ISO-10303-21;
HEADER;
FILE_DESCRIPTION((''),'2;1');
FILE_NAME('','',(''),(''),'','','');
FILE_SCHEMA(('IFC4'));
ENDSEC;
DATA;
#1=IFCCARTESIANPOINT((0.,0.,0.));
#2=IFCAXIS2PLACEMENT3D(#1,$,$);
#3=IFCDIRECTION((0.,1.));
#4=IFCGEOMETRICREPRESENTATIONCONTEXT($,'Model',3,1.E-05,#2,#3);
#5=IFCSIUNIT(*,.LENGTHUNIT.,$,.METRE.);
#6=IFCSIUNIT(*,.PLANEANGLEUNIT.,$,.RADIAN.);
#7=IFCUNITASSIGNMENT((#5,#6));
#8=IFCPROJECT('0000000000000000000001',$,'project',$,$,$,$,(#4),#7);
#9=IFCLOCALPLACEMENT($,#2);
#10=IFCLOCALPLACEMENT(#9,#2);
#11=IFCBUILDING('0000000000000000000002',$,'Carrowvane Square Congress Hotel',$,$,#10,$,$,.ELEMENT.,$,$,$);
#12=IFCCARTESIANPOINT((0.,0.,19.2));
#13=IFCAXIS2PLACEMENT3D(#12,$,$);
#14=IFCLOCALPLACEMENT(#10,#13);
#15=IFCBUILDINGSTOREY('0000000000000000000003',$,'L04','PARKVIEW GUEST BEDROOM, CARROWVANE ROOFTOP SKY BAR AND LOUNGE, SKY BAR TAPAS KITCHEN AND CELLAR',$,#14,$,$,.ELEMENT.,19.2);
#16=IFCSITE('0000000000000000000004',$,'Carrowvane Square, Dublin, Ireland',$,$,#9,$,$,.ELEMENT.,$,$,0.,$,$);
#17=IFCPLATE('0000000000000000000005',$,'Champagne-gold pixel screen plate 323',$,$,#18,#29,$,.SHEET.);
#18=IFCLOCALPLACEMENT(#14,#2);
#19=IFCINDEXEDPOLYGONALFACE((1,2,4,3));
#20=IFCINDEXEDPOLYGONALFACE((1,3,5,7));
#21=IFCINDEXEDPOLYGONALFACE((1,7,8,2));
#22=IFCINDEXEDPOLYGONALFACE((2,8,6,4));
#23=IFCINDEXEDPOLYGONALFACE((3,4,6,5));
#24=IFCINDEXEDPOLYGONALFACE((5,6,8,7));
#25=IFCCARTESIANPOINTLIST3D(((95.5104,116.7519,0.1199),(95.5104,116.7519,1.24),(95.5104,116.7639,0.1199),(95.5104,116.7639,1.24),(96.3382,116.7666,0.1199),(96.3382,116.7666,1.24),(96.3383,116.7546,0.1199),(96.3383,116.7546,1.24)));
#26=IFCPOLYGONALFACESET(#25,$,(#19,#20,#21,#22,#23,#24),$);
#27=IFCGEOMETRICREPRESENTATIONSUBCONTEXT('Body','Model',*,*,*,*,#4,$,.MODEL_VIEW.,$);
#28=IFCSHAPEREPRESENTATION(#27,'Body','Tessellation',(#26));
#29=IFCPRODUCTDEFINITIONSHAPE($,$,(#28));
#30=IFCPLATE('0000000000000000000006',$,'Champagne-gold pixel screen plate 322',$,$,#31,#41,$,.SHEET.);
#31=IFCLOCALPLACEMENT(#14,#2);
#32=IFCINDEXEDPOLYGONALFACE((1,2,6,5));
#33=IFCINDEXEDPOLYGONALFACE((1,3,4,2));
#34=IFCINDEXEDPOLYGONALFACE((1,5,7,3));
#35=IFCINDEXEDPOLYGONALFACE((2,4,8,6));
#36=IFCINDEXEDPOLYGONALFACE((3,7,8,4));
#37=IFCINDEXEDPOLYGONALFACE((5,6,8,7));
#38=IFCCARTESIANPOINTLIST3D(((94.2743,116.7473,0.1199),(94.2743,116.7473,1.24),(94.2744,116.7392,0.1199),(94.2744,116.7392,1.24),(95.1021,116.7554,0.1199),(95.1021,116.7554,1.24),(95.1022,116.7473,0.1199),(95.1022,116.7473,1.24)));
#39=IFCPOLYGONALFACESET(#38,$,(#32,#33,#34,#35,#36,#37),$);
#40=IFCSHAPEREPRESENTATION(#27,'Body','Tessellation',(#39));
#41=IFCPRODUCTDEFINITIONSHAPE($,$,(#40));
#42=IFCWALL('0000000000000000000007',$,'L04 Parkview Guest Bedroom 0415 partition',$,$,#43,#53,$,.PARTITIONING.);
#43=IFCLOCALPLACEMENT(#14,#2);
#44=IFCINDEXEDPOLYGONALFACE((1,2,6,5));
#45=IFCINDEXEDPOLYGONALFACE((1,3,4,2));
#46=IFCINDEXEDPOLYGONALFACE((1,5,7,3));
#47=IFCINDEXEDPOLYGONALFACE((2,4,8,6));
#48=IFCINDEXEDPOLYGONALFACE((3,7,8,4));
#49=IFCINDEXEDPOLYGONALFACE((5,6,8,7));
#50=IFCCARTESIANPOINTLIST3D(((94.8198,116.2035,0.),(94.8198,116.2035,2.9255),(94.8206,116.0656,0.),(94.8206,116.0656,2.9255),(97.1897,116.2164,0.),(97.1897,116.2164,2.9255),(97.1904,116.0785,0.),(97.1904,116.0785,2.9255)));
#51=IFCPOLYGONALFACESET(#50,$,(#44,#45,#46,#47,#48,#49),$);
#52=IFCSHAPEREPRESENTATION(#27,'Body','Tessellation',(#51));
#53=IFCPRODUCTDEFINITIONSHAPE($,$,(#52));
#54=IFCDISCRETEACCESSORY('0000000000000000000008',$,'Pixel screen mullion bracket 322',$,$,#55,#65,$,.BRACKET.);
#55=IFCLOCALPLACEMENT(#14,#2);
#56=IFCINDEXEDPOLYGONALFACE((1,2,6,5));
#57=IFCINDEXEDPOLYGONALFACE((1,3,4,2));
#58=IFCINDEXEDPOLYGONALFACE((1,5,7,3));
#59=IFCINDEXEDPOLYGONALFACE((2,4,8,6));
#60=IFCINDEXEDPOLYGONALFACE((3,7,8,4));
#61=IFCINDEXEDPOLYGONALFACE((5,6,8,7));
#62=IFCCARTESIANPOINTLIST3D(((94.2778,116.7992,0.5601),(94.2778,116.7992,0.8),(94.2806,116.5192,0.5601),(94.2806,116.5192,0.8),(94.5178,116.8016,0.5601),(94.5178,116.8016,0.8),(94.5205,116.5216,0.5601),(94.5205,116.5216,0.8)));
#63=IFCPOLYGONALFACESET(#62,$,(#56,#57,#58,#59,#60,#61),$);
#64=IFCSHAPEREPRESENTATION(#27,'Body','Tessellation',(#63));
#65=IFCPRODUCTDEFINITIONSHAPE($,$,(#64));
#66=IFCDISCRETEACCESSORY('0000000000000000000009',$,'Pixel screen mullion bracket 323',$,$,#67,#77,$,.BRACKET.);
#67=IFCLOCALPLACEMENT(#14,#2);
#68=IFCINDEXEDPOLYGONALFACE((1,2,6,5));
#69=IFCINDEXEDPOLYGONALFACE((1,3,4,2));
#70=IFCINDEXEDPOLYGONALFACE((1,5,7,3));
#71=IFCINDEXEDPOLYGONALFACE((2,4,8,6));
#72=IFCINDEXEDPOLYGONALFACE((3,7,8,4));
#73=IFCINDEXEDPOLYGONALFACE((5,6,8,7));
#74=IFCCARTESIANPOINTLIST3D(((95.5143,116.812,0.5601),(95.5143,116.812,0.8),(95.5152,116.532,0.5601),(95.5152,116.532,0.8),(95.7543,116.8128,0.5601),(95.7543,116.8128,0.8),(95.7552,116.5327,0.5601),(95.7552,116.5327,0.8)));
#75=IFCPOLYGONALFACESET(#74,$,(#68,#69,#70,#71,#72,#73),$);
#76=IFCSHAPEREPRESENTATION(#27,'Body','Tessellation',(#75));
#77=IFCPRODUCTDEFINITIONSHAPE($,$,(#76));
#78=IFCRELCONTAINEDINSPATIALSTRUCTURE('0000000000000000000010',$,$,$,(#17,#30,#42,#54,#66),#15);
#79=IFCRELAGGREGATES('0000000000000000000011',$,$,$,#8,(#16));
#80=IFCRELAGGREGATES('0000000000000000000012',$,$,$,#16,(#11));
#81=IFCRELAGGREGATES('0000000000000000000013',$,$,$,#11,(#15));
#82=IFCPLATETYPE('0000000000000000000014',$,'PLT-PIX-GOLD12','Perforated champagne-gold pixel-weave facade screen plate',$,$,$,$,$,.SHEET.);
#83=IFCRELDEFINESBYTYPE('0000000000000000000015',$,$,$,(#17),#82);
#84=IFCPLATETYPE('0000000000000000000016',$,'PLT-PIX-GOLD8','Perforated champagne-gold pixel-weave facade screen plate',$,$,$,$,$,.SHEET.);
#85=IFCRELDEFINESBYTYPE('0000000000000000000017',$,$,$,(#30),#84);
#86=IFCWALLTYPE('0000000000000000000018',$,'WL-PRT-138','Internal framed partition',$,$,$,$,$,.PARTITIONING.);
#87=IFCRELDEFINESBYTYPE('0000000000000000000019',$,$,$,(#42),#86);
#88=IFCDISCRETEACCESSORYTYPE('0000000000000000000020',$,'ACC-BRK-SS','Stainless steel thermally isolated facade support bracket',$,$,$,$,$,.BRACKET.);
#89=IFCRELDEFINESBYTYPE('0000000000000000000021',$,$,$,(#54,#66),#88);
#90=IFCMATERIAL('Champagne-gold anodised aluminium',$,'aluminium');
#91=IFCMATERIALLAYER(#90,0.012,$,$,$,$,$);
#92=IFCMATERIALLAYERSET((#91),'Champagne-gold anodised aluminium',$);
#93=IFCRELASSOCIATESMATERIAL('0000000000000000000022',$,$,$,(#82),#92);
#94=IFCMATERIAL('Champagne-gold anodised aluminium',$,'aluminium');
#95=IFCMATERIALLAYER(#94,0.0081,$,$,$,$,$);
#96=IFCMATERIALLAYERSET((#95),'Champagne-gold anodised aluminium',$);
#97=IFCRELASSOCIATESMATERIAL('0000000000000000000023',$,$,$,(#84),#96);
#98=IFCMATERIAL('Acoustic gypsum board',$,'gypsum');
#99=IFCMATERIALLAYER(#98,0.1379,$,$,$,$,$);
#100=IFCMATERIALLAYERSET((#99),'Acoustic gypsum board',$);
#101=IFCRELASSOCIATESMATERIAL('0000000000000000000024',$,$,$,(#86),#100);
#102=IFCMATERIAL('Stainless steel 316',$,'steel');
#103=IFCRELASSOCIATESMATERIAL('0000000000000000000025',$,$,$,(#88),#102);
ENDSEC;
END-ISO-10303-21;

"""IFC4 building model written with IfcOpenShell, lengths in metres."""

from ifc_helpers import new_model, si_unit, direction, frame, frame_2d, origin, origin_2d, place, context, subcontext, project, spatial, rectangle, extrude, material, layer, layer_set, type_object, element, save


model = new_model("IFC4")

# Units and contexts
model_context = context("Model", 3, precision=1e-05, world=origin(), true_north=direction((0.0, 1.0)))
body_context = subcontext(model_context, "Body", "Model", "MODEL_VIEW")
ifc_project = project(units=[si_unit("LENGTHUNIT", "METRE"), si_unit("PLANEANGLEUNIT", "RADIAN")], contexts=[model_context])

# Site, building, storey
site_placement = place(None, origin())
site = spatial("IfcSite", under=ifc_project, at=site_placement, Name="Carrowvane Square, Dublin, Ireland", CompositionType="ELEMENT", RefElevation=0.0)
building_placement = place(site_placement, origin())
building = spatial("IfcBuilding", under=site, at=building_placement, Name="Carrowvane Square Congress Hotel", CompositionType="ELEMENT")
storey_placement = place(building_placement, frame((0.0, 0.0, 19.2)))
storey = spatial("IfcBuildingStorey", under=building, at=storey_placement, Name="L04", Description="PARKVIEW GUEST BEDROOM, CARROWVANE ROOFTOP SKY BAR AND LOUNGE, SKY BAR TAPAS KITCHEN AND CELLAR", CompositionType="ELEMENT", Elevation=19.2)

# Plates
ifc_material_1 = material(Name="Champagne-gold anodised aluminium", Category="aluminium")
ifc_layer_1 = layer(ifc_material_1, 0.012)
ifc_layer_set_1 = layer_set([ifc_layer_1], Name="Champagne-gold anodised aluminium")
plate_type_1 = type_object("IfcPlateType", Name="PLT-PIX-GOLD12", Description="Perforated champagne-gold pixel-weave facade screen plate", PredefinedType="SHEET", material=ifc_layer_set_1)
plate_1_placement = place(storey_placement, frame((95.9243, 116.7593, 0.1199), z_axis=(0.0, 0.0, 1.0), x_axis=(0.999995, 0.00327, 0.0)))
element("IfcPlate", 1, at=plate_1_placement, inside=storey, type_object=plate_type_1, Name="Champagne-gold pixel screen plate 323", PredefinedType="SHEET", context=body_context, shape_type="SweptSolid", body=[
    extrude(rectangle(XDim=0.8279, YDim=0.012, at=origin_2d()), origin(), (0.0, 0.0, 1.0), 1.1201),
])
ifc_material_2 = material(Name="Champagne-gold anodised aluminium", Category="aluminium")
ifc_layer_2 = layer(ifc_material_2, 0.0081)
ifc_layer_set_2 = layer_set([ifc_layer_2], Name="Champagne-gold anodised aluminium")
plate_type_2 = type_object("IfcPlateType", Name="PLT-PIX-GOLD8", Description="Perforated champagne-gold pixel-weave facade screen plate", PredefinedType="SHEET", material=ifc_layer_set_2)
plate_2_placement = place(storey_placement, frame((94.6882, 116.7473, 0.1199), z_axis=(0.0, 0.0, 1.0), x_axis=(0.999952, 0.009782, 0.0)))
element("IfcPlate", 2, at=plate_2_placement, inside=storey, type_object=plate_type_2, Name="Champagne-gold pixel screen plate 322", PredefinedType="SHEET", context=body_context, shape_type="SweptSolid", body=[
    extrude(rectangle(XDim=0.8279, YDim=0.0081, at=origin_2d()), origin(), (0.0, 0.0, 1.0), 1.1201),
])

# Wall
ifc_material_3 = material(Name="Acoustic gypsum board", Category="gypsum")
ifc_layer_3 = layer(ifc_material_3, 0.1379)
ifc_layer_set_3 = layer_set([ifc_layer_3], Name="Acoustic gypsum board")
wall_type = type_object("IfcWallType", Name="WL-PRT-138", Description="Internal framed partition", PredefinedType="PARTITIONING", material=ifc_layer_set_3)
wall_placement = place(storey_placement, frame((94.8201, 116.1345, 0.0), z_axis=(0.0, 0.0, 1.0), x_axis=(0.999985, 0.00546, 0.0)))
element("IfcWall", 3, at=wall_placement, inside=storey, type_object=wall_type, Name="L04 Parkview Guest Bedroom 0415 partition", PredefinedType="PARTITIONING", context=body_context, shape_type="SweptSolid", body=[
    extrude(rectangle(XDim=2.3699, YDim=0.1379, at=frame_2d((1.1851, 0.0))), origin(), (0.0, 0.0, 1.0), 2.9255),
])

# Discrete accessories
ifc_material_4 = material(Name="Stainless steel 316", Category="steel")
discrete_accessory_type = type_object("IfcDiscreteAccessoryType", Name="ACC-BRK-SS", Description="Stainless steel thermally isolated facade support bracket", PredefinedType="BRACKET", material=ifc_material_4)
for number, where, z_axis, x_axis, name in (
    (4, (94.3992, 116.6604, 0.5601), (0.0, 0.0, 1.0), (0.999952, 0.009782, 0.0), "Pixel screen mullion bracket 322"),
    (5, (95.6348, 116.6724, 0.5601), (0.0, 0.0, 1.0), (0.999995, 0.00327, 0.0), "Pixel screen mullion bracket 323"),
):
    element("IfcDiscreteAccessory", number, at=place(storey_placement, frame(where, z_axis=z_axis, x_axis=x_axis)), inside=storey, type_object=discrete_accessory_type, Name=name, PredefinedType="BRACKET", context=body_context, shape_type="SweptSolid", body=[
        extrude(rectangle(XDim=0.24, YDim=0.28, at=origin_2d()), origin(), (0.0, 0.0, 1.0), 0.24),
    ])

save(model, "model.ifc")
